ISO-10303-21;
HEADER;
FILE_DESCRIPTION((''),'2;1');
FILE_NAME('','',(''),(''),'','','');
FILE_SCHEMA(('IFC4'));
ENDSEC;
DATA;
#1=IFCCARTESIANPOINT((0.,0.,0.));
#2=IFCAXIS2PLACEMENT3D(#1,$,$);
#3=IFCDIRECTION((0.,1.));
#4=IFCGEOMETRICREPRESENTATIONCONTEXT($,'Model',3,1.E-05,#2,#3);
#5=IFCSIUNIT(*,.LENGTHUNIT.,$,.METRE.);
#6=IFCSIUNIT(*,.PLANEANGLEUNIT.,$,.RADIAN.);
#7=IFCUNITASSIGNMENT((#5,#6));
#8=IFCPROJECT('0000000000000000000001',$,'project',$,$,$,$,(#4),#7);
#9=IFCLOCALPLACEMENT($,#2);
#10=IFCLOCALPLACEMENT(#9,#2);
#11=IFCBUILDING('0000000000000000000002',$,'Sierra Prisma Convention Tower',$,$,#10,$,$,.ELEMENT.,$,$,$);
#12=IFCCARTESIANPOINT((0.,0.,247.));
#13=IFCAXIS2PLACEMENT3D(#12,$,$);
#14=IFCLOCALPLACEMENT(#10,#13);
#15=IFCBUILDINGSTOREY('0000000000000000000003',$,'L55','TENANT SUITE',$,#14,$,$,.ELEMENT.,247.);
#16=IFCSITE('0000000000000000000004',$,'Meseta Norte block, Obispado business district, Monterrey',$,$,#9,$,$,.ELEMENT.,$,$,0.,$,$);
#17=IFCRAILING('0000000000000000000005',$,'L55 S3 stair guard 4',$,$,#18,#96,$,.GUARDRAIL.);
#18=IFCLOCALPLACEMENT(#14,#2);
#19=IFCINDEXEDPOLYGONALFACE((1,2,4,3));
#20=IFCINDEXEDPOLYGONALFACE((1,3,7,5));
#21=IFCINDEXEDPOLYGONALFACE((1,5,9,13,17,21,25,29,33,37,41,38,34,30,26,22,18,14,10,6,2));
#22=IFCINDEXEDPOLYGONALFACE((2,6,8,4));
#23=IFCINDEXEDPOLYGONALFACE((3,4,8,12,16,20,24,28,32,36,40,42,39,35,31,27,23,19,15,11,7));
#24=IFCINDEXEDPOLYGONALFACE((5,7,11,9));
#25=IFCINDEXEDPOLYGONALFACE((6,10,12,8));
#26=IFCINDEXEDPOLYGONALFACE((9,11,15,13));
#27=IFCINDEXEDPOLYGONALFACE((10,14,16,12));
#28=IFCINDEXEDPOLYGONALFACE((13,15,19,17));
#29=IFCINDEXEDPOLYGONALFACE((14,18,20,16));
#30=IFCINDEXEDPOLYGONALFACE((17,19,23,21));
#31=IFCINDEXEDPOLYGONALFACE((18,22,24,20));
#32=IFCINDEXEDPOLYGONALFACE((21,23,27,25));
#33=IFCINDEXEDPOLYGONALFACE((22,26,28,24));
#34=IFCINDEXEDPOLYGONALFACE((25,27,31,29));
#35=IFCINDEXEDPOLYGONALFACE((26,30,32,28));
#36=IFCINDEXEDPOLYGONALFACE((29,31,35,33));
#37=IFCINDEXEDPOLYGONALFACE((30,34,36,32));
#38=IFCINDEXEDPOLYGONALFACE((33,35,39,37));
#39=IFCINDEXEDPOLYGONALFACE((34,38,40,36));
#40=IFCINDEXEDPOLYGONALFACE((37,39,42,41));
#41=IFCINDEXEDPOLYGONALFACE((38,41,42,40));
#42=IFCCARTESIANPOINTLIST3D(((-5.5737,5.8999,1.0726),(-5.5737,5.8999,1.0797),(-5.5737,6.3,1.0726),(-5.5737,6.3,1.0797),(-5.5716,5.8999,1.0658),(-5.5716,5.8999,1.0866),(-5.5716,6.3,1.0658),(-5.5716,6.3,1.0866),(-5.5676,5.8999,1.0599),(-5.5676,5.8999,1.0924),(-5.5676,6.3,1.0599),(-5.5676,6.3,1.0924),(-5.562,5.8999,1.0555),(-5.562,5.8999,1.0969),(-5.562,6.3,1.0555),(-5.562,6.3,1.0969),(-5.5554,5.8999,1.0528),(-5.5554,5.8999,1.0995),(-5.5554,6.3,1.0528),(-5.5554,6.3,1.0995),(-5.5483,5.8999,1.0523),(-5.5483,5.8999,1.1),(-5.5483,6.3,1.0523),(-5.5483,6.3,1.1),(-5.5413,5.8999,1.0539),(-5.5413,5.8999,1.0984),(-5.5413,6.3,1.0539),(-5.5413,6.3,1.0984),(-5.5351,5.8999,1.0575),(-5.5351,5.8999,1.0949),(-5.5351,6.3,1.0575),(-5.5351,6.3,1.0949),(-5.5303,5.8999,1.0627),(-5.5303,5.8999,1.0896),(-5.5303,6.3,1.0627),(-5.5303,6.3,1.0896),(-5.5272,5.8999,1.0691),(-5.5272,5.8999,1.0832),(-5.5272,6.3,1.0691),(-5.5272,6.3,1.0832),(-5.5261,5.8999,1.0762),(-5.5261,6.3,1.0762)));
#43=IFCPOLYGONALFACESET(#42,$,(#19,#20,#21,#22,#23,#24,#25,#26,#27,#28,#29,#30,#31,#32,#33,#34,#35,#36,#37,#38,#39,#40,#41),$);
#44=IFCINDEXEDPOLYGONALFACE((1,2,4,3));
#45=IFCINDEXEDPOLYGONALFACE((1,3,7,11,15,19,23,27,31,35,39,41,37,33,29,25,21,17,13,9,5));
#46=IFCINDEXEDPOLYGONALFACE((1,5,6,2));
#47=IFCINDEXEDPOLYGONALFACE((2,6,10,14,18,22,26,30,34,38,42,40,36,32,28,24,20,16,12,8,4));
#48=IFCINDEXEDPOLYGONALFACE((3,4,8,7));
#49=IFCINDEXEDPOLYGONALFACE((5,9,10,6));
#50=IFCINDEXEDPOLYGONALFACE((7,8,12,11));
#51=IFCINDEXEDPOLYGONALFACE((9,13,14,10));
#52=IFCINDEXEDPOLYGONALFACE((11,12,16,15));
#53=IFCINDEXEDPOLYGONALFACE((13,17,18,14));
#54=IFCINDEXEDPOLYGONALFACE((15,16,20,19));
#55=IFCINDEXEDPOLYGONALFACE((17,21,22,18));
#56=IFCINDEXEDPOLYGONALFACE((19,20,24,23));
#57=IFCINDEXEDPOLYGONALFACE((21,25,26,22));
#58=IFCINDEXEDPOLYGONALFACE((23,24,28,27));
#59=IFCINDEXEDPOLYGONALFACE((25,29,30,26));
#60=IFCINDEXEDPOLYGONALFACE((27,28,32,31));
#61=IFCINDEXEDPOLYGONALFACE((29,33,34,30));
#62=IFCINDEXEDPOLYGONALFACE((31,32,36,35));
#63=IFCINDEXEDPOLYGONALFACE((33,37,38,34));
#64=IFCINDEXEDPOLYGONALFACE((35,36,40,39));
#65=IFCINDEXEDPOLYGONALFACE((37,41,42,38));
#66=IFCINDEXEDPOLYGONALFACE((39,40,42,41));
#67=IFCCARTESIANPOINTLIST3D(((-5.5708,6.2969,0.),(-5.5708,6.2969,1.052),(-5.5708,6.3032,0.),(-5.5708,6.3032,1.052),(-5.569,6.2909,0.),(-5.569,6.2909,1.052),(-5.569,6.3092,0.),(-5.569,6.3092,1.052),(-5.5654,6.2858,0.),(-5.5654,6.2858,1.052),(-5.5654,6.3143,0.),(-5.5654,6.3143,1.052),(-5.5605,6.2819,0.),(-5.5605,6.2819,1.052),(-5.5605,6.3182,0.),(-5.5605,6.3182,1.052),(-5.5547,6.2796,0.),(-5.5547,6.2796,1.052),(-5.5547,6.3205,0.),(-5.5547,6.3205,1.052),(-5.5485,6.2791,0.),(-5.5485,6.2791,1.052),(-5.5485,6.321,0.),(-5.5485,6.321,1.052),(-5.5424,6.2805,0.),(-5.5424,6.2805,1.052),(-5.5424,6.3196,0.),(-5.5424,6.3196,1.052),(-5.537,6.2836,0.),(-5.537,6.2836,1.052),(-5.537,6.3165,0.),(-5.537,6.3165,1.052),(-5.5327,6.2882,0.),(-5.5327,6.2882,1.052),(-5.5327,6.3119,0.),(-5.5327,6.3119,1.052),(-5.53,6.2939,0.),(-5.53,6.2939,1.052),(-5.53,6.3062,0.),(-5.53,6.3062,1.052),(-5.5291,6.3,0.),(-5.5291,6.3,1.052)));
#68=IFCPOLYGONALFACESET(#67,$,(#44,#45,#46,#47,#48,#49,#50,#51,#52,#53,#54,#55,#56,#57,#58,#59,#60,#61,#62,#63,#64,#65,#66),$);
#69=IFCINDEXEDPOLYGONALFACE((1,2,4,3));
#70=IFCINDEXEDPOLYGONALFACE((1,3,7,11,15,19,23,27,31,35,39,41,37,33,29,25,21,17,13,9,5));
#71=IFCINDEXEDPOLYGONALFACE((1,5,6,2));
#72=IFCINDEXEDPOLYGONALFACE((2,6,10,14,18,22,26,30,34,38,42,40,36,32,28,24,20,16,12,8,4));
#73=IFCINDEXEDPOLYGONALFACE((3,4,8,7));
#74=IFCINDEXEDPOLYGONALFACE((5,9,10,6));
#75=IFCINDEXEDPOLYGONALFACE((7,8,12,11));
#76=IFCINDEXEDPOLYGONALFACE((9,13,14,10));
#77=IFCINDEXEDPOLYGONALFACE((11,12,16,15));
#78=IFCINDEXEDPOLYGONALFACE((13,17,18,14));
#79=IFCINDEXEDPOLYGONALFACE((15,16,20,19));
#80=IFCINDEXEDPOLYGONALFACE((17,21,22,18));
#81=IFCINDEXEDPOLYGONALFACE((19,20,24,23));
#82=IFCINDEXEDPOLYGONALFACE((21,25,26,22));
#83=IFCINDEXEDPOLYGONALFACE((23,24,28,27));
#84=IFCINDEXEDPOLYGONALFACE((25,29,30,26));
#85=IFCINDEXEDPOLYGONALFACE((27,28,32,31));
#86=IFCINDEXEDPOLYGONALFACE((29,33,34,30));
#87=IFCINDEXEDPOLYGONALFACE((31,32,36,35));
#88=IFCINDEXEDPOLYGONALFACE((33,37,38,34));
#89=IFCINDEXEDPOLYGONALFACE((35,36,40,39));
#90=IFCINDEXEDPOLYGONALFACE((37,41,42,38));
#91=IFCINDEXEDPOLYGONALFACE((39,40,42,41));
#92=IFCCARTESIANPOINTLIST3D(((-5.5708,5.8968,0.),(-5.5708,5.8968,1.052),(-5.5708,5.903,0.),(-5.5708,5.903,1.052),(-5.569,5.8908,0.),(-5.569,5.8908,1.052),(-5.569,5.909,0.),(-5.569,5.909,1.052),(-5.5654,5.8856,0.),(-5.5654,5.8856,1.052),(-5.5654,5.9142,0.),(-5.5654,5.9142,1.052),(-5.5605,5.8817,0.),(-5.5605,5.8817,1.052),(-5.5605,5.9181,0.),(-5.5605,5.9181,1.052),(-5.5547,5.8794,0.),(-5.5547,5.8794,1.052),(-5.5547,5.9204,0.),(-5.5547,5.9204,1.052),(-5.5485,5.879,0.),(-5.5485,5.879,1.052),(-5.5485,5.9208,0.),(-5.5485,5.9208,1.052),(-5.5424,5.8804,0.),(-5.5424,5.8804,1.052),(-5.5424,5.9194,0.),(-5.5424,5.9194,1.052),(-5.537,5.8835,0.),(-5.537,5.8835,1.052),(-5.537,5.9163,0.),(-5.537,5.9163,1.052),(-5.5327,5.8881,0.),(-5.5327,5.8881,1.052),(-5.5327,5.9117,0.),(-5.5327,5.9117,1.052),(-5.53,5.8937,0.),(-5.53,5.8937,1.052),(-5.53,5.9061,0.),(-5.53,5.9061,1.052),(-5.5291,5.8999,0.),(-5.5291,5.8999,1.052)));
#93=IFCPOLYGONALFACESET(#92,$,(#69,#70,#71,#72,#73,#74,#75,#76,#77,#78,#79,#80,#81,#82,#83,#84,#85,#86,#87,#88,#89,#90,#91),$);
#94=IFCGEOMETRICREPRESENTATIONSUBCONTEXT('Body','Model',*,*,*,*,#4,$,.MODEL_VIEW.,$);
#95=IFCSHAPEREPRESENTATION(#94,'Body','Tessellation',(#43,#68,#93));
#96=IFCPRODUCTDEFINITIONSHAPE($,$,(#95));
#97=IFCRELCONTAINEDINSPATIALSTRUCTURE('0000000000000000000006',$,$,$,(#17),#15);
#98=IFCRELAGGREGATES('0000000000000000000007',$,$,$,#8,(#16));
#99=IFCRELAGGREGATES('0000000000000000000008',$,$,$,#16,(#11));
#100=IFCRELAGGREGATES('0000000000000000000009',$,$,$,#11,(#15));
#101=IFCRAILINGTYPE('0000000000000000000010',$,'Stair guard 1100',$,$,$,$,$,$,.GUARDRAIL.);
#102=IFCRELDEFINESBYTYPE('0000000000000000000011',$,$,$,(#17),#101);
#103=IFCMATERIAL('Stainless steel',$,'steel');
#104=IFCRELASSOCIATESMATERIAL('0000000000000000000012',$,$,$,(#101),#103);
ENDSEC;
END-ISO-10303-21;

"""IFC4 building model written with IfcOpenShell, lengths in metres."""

from ifc_helpers import new_model, si_unit, direction, frame, origin, origin_2d, place, context, subcontext, project, spatial, circle, extrude, material, type_object, element, save


model = new_model("IFC4")

# Units and contexts
model_context = context("Model", 3, precision=1e-05, world=origin(), true_north=direction((0.0, 1.0)))
body_context = subcontext(model_context, "Body", "Model", "MODEL_VIEW")
ifc_project = project(units=[si_unit("LENGTHUNIT", "METRE"), si_unit("PLANEANGLEUNIT", "RADIAN")], contexts=[model_context])

# Site, building, storey
site_placement = place(None, origin())
site = spatial("IfcSite", under=ifc_project, at=site_placement, Name="Meseta Norte block, Obispado business district, Monterrey", CompositionType="ELEMENT", RefElevation=0.0)
building_placement = place(site_placement, origin())
building = spatial("IfcBuilding", under=site, at=building_placement, Name="Sierra Prisma Convention Tower", CompositionType="ELEMENT")
storey_placement = place(building_placement, frame((0.0, 0.0, 247.0)))
storey = spatial("IfcBuildingStorey", under=building, at=storey_placement, Name="L55", Description="TENANT SUITE", CompositionType="ELEMENT", Elevation=247.0)

# Railing
ifc_material_1 = material(Name="Stainless steel", Category="steel")
railing_type_1 = type_object("IfcRailingType", Name="Stair guard 1100", PredefinedType="GUARDRAIL", material=ifc_material_1)
railing_1_placement = place(storey_placement, frame((-5.55, 6.3, 0.0)))
element("IfcRailing", 1, at=railing_1_placement, inside=storey, type_object=railing_type_1, Name="L55 S3 stair guard 4", PredefinedType="GUARDRAIL", context=body_context, shape_type="SweptSolid", body=[
    extrude(circle(Radius=0.0239, at=origin_2d()), frame((0.0, 0.0, 1.0762), z_axis=(0.0, -1.0, 0.0), x_axis=(1.0, 0.0, 0.0)), (0.0, 0.0, 1.0), 0.4001),
    extrude(circle(Radius=0.021, at=origin_2d()), origin(), (0.0, 0.0, 1.0), 1.052),
    extrude(circle(Radius=0.021, at=origin_2d()), frame((0.0, -0.4001, 0.0)), (0.0, 0.0, 1.0), 1.052),
])

save(model, "model.ifc")
